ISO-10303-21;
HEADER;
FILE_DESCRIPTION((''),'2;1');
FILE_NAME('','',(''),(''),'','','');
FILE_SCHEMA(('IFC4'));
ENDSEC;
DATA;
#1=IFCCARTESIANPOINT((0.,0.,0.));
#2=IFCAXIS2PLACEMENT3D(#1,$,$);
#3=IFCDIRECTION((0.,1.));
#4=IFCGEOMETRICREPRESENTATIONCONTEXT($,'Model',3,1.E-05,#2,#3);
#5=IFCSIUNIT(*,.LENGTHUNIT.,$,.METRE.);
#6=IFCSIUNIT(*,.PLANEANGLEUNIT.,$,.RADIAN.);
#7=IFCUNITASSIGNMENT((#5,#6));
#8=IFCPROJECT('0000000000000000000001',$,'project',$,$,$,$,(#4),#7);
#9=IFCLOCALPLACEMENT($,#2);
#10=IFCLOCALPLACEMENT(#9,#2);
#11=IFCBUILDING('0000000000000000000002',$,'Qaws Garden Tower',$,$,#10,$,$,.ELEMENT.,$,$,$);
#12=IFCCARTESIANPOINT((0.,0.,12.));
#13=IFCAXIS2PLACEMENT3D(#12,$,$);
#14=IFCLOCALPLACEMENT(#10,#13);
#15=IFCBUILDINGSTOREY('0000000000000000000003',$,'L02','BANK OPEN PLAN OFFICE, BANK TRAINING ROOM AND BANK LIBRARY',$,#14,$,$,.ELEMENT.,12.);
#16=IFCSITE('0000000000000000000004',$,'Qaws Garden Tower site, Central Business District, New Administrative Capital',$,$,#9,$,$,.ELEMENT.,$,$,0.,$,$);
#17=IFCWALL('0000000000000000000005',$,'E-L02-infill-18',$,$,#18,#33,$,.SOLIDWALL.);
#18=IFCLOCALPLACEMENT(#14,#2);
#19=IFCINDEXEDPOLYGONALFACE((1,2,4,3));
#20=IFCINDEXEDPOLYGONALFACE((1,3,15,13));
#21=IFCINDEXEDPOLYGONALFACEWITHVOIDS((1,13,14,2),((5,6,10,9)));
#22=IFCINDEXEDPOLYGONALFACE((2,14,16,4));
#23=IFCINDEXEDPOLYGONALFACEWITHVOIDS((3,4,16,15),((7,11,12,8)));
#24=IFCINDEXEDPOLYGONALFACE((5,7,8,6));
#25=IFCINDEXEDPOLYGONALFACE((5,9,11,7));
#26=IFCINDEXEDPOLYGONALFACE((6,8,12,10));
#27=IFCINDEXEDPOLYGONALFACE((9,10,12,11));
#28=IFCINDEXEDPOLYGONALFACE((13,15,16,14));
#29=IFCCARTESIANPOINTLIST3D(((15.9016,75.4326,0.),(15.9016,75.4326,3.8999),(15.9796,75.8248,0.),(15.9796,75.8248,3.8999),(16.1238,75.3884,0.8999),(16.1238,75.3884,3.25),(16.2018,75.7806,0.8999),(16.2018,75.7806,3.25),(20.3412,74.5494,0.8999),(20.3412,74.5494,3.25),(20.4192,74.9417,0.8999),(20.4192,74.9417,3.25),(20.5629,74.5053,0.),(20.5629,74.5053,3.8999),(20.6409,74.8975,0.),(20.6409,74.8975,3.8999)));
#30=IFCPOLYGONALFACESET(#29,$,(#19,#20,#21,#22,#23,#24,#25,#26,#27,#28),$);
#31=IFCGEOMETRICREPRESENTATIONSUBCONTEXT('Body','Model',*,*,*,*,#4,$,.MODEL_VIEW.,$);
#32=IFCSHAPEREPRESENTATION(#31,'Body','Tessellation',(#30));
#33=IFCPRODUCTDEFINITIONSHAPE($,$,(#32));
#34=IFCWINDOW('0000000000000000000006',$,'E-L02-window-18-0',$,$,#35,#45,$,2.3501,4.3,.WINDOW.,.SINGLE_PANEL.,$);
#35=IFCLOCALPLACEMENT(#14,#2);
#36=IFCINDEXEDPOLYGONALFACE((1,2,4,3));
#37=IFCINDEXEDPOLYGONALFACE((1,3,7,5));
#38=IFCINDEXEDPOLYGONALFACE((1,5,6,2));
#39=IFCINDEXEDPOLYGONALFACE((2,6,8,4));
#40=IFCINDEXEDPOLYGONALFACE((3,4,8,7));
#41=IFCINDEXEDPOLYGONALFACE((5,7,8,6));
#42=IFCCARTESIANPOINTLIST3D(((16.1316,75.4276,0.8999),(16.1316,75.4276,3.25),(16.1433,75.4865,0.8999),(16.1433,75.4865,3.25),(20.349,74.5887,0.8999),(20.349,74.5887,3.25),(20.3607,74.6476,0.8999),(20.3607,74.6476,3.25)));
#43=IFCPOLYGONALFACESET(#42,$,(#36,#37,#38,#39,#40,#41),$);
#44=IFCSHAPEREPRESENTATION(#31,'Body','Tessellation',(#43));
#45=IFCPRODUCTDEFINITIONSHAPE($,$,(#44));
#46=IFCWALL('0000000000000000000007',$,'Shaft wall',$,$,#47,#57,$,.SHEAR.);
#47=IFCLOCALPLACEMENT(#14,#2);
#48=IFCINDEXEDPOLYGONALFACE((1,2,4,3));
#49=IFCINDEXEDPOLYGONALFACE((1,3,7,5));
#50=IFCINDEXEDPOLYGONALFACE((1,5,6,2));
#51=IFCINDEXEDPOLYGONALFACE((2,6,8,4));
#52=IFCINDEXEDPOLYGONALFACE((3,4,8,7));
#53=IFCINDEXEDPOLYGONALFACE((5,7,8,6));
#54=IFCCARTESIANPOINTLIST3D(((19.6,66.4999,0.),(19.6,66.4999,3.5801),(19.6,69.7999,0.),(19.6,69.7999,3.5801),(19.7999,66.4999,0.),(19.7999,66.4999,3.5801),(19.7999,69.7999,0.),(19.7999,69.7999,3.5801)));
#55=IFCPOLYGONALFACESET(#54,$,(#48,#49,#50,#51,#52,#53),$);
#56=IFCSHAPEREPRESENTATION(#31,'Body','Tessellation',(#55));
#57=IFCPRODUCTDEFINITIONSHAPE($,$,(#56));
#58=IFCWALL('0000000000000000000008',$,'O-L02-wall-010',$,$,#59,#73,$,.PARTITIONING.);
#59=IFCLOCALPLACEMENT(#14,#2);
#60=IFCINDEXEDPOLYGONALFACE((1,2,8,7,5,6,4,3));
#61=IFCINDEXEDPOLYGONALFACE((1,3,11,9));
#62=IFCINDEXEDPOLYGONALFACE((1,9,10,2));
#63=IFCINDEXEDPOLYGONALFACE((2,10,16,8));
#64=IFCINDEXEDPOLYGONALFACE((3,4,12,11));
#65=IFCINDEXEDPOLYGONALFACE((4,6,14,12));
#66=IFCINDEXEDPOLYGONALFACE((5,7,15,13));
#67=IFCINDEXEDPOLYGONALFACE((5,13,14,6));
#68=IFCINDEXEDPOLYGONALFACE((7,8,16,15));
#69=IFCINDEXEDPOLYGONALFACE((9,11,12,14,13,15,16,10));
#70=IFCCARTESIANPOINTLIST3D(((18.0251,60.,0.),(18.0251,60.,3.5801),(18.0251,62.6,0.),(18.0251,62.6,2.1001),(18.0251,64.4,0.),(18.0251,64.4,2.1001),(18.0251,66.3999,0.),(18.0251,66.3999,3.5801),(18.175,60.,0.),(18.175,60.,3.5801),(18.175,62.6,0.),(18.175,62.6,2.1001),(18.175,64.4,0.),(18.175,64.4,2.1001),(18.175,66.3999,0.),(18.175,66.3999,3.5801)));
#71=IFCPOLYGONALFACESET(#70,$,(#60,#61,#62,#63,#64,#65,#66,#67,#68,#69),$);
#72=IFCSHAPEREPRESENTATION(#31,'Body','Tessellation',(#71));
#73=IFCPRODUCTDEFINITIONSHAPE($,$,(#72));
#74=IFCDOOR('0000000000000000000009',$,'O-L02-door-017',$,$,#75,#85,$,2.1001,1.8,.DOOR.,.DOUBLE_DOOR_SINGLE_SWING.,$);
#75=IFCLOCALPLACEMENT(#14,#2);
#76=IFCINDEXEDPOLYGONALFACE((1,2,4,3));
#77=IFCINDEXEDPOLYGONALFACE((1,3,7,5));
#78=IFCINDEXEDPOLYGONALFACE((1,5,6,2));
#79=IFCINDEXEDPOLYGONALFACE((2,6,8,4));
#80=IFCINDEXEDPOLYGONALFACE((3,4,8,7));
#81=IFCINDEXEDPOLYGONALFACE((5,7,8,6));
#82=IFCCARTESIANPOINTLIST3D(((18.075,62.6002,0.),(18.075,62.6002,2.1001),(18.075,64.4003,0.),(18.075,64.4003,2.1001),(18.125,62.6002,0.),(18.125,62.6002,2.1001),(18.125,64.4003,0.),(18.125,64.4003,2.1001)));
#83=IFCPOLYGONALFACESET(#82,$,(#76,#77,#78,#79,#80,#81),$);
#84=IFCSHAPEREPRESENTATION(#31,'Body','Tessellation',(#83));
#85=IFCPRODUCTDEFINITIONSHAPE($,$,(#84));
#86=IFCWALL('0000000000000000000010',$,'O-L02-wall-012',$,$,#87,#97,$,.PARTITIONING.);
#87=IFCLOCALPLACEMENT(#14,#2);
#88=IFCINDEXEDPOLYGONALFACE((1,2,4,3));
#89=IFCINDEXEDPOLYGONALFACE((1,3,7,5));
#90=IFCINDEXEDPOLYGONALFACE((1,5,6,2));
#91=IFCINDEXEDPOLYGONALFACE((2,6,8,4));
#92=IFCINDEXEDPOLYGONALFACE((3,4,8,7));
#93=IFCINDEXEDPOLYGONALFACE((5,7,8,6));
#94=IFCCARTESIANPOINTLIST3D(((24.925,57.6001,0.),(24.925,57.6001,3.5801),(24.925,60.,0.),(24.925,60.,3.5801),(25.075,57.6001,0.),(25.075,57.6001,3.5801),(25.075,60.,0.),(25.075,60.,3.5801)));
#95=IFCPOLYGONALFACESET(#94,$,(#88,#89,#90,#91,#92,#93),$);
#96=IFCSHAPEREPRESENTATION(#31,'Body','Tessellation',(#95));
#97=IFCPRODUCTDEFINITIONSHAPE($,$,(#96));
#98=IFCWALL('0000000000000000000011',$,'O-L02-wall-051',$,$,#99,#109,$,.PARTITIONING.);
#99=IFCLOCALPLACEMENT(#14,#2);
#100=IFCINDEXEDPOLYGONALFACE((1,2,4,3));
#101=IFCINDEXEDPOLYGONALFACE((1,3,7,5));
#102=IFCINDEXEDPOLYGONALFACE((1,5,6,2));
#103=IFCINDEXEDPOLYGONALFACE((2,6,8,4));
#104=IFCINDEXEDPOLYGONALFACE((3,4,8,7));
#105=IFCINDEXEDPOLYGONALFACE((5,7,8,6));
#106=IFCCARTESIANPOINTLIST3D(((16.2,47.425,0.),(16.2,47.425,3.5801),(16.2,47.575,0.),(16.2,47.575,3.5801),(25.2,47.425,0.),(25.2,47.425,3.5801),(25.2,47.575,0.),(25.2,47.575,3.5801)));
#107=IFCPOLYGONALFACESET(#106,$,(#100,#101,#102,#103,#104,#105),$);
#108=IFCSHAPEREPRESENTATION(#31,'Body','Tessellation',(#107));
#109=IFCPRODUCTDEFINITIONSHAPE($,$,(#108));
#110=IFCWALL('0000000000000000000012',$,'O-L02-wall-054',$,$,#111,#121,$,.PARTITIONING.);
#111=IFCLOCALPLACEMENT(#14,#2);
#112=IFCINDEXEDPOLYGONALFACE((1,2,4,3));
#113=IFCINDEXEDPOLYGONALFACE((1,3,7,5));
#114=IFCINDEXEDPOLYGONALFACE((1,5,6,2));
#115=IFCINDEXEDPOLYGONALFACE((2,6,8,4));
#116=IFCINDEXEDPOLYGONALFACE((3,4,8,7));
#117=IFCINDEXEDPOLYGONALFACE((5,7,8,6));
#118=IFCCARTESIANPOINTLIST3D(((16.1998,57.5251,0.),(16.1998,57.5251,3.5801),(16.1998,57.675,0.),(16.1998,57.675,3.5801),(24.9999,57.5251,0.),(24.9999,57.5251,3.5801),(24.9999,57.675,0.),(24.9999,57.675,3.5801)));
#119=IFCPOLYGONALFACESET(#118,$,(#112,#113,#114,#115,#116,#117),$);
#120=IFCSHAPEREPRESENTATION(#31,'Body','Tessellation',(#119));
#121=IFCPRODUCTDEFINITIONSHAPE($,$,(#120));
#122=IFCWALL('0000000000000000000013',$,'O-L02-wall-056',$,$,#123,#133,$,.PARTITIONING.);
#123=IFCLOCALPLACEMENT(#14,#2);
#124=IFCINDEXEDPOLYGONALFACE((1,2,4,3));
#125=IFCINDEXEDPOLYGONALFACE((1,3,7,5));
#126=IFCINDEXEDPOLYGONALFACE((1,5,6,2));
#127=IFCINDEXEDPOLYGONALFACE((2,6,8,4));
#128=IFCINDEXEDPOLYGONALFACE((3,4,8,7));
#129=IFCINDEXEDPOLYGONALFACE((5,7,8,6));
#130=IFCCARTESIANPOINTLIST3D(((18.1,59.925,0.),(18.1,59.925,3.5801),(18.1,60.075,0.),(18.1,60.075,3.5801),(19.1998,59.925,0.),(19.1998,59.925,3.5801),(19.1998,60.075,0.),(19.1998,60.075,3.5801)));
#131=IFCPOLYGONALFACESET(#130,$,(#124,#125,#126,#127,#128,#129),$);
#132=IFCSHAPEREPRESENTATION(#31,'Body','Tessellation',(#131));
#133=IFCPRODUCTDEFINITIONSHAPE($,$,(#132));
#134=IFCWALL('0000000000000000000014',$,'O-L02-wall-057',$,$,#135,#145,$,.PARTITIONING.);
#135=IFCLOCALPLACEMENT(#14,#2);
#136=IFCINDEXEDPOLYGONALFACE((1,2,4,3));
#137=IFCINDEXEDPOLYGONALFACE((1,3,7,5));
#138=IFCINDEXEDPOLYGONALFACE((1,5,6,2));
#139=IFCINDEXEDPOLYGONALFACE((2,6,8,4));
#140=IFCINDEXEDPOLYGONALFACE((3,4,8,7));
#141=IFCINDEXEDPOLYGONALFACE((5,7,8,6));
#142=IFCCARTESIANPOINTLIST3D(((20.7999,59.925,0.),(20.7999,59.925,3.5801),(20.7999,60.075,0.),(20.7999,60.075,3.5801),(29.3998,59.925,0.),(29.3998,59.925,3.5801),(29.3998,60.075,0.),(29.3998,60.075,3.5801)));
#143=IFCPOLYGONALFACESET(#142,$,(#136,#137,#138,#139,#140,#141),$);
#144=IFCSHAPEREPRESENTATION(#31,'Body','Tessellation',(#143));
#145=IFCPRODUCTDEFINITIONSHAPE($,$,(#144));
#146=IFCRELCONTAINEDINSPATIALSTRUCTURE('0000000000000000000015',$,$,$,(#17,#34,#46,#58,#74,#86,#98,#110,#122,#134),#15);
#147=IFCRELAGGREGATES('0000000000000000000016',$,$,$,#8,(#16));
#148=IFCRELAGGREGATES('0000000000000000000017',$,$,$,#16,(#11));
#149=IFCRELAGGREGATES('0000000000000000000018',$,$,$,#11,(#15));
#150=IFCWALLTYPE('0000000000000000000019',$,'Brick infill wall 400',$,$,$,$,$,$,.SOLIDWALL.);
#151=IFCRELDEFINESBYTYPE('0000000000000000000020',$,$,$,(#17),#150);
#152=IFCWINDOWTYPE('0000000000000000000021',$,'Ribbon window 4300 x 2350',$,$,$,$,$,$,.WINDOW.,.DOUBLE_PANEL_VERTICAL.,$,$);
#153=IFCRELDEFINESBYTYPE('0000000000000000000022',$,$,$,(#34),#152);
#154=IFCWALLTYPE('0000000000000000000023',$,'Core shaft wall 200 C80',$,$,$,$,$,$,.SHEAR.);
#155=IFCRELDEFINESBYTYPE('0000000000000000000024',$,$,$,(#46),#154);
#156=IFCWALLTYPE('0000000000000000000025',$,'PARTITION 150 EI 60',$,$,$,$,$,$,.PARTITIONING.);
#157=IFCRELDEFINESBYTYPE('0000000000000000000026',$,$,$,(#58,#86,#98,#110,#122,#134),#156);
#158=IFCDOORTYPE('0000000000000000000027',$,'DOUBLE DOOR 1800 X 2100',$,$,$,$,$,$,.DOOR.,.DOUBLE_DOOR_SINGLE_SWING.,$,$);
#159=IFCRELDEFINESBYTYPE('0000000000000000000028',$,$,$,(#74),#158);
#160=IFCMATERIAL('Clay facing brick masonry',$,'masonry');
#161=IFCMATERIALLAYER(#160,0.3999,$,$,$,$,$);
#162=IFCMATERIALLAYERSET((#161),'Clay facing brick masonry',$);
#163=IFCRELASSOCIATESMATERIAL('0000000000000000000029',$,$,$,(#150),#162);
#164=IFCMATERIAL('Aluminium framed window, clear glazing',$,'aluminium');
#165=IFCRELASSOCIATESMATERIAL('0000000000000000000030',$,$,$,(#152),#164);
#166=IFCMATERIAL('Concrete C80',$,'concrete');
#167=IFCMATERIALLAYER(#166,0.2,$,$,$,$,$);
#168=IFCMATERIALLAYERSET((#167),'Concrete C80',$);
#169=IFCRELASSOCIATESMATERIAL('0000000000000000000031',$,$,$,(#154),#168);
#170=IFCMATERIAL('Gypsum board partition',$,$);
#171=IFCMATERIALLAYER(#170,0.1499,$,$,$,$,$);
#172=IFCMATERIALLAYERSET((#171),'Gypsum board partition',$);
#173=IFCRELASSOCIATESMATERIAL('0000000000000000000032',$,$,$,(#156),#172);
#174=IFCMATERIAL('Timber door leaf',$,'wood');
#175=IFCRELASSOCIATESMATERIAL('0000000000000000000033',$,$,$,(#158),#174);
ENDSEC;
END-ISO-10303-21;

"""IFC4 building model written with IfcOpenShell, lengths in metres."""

from ifc_helpers import new_model, si_unit, direction, frame, frame_2d, origin, place, context, subcontext, project, spatial, rectangle, extrude, material, layer, layer_set, type_object, element, fill, save


model = new_model("IFC4")

# Units and contexts
model_context = context("Model", 3, precision=1e-05, world=origin(), true_north=direction((0.0, 1.0)))
body_context = subcontext(model_context, "Body", "Model", "MODEL_VIEW")
ifc_project = project(units=[si_unit("LENGTHUNIT", "METRE"), si_unit("PLANEANGLEUNIT", "RADIAN")], contexts=[model_context])

# Site, building, storey
site_placement = place(None, origin())
site = spatial("IfcSite", under=ifc_project, at=site_placement, Name="Qaws Garden Tower site, Central Business District, New Administrative Capital", CompositionType="ELEMENT", RefElevation=0.0)
building_placement = place(site_placement, origin())
building = spatial("IfcBuilding", under=site, at=building_placement, Name="Qaws Garden Tower", CompositionType="ELEMENT")
storey_placement = place(building_placement, frame((0.0, 0.0, 12.0)))
storey = spatial("IfcBuildingStorey", under=building, at=storey_placement, Name="L02", Description="BANK OPEN PLAN OFFICE, BANK TRAINING ROOM AND BANK LIBRARY", CompositionType="ELEMENT", Elevation=12.0)

# Wall, opening, window
ifc_material_1 = material(Name="Clay facing brick masonry", Category="masonry")
ifc_layer_1 = layer(ifc_material_1, 0.3999)
ifc_layer_set_1 = layer_set([ifc_layer_1], Name="Clay facing brick masonry")
wall_type_1 = type_object("IfcWallType", Name="Brick infill wall 400", PredefinedType="SOLIDWALL", material=ifc_layer_set_1)
ifc_material_2 = material(Name="Aluminium framed window, clear glazing", Category="aluminium")
window_type = type_object("IfcWindowType", Name="Ribbon window 4300 x 2350", PartitioningType="DOUBLE_PANEL_VERTICAL", PredefinedType="WINDOW", material=ifc_material_2)
wall_1_placement = place(storey_placement, frame((20.6021, 74.7014, 0.0), z_axis=(0.0, 0.0, 1.0), x_axis=(-0.980784, 0.195099, 0.0)))
wall_1 = element("IfcWall", 1, at=wall_1_placement, inside=storey, type_object=wall_type_1, Name="E-L02-infill-18", PredefinedType="SOLIDWALL", context=body_context, shape_type="SweptSolid", body=[
    extrude(rectangle(XDim=4.7527, YDim=0.3999, at=frame_2d((2.3765, 0.0))), origin(), (0.0, 0.0, 1.0), 3.8999),
])
opening_1_placement = place(wall_1_placement, frame((0.2263, 0.0, 0.8999)))
opening_1 = element("IfcOpeningElement", 2, at=opening_1_placement, cuts=wall_1, PredefinedType="OPENING", context=body_context, shape_type="SweptSolid", body=[
    extrude(rectangle(XDim=4.3, YDim=2.3501, at=frame_2d((2.1499, 1.175))), frame((0.0, 0.21, 0.0), z_axis=(0.0, -1.0, 0.0), x_axis=(1.0, 0.0, 0.0)), (0.0, 0.0, 1.0), 0.4199),
])
window_1_placement = place(opening_1_placement, origin())
window_1 = element("IfcWindow", 3, at=window_1_placement, inside=storey, type_object=window_type, Name="E-L02-window-18-0", OverallHeight=2.3501, OverallWidth=4.3, PartitioningType="SINGLE_PANEL", PredefinedType="WINDOW", context=body_context, shape_type="SweptSolid", body=[
    extrude(rectangle(XDim=4.3, YDim=2.3501, at=frame_2d((2.1499, 1.175))), frame((0.0, 0.1599, 0.0), z_axis=(0.0, -1.0, 0.0), x_axis=(1.0, 0.0, 0.0)), (0.0, 0.0, 1.0), 0.0601),
])
fill(opening_1, window_1)

# Wall
ifc_material_3 = material(Name="Concrete C80", Category="concrete")
ifc_layer_2 = layer(ifc_material_3, 0.2)
ifc_layer_set_2 = layer_set([ifc_layer_2], Name="Concrete C80")
wall_type_2 = type_object("IfcWallType", Name="Core shaft wall 200 C80", PredefinedType="SHEAR", material=ifc_layer_set_2)
wall_2_placement = place(storey_placement, frame((19.7, 66.5, 0.0), z_axis=(0.0, 0.0, 1.0), x_axis=(0.0, 1.0, 0.0)))
element("IfcWall", 4, at=wall_2_placement, inside=storey, type_object=wall_type_2, Name="Shaft wall", PredefinedType="SHEAR", context=body_context, shape_type="SweptSolid", body=[
    extrude(rectangle(XDim=3.3, YDim=0.2, at=frame_2d((1.6499, 0.0))), origin(), (0.0, 0.0, 1.0), 3.5801),
])

# Wall, opening, door
ifc_material_4 = material(Name="Gypsum board partition")
ifc_layer_3 = layer(ifc_material_4, 0.1499)
ifc_layer_set_3 = layer_set([ifc_layer_3], Name="Gypsum board partition")
wall_type_3 = type_object("IfcWallType", Name="PARTITION 150 EI 60", PredefinedType="PARTITIONING", material=ifc_layer_set_3)
wall_3_placement = place(storey_placement, frame((18.1001, 60.0, 0.0), z_axis=(0.0, 0.0, 1.0), x_axis=(0.0, 1.0, 0.0)))
wall_3 = element("IfcWall", 5, at=wall_3_placement, inside=storey, type_object=wall_type_3, Name="O-L02-wall-010", PredefinedType="PARTITIONING", context=body_context, shape_type="SweptSolid", body=[
    extrude(rectangle(XDim=6.3999, YDim=0.1499, at=frame_2d((3.2, 0.0))), origin(), (0.0, 0.0, 1.0), 3.5801),
])
opening_2_placement = place(wall_3_placement, frame((2.6001, 0.0, 0.0)))
opening_2 = element("IfcOpeningElement", 6, at=opening_2_placement, cuts=wall_3, PredefinedType="OPENING", context=body_context, shape_type="SweptSolid", body=[
    extrude(rectangle(XDim=1.8, YDim=2.1001, at=frame_2d((0.8999, 1.05))), frame((0.0, 0.085, 0.0), z_axis=(0.0, -1.0, 0.0), x_axis=(1.0, 0.0, 0.0)), (0.0, 0.0, 1.0), 0.1699),
])
ifc_material_5 = material(Name="Timber door leaf", Category="wood")
door_type = type_object("IfcDoorType", Name="DOUBLE DOOR 1800 X 2100", OperationType="DOUBLE_DOOR_SINGLE_SWING", PredefinedType="DOOR", material=ifc_material_5)
door_placement = place(opening_2_placement, frame((1.8, 0.0, 0.0), z_axis=(0.0, 0.0, 1.0), x_axis=(-1.0, 0.0, 0.0)))
door = element("IfcDoor", 7, at=door_placement, inside=storey, type_object=door_type, Name="O-L02-door-017", OperationType="DOUBLE_DOOR_SINGLE_SWING", OverallHeight=2.1001, OverallWidth=1.8, PredefinedType="DOOR", context=body_context, shape_type="SweptSolid", body=[
    extrude(rectangle(XDim=1.8, YDim=2.1001, at=frame_2d((0.8999, 1.05))), frame((0.0, 0.0249, 0.0), z_axis=(0.0, -1.0, 0.0), x_axis=(1.0, 0.0, 0.0)), (0.0, 0.0, 1.0), 0.05),
])
fill(opening_2, door)

# Walls
wall_4_placement = place(storey_placement, frame((25.0, 57.6001, 0.0), z_axis=(0.0, 0.0, 1.0), x_axis=(0.0, 1.0, 0.0)))
element("IfcWall", 8, at=wall_4_placement, inside=storey, type_object=wall_type_3, Name="O-L02-wall-012", PredefinedType="PARTITIONING", context=body_context, shape_type="SweptSolid", body=[
    extrude(rectangle(XDim=2.3999, YDim=0.1499, at=frame_2d((1.2, 0.0))), origin(), (0.0, 0.0, 1.0), 3.5801),
])
wall_5_placement = place(storey_placement, frame((16.2, 47.5, 0.0), z_axis=(0.0, 0.0, 1.0), x_axis=(1.0, 0.0, 0.0)))
element("IfcWall", 9, at=wall_5_placement, inside=storey, type_object=wall_type_3, Name="O-L02-wall-051", PredefinedType="PARTITIONING", context=body_context, shape_type="SweptSolid", body=[
    extrude(rectangle(XDim=9.0, YDim=0.1499, at=frame_2d((4.5, 0.0))), origin(), (0.0, 0.0, 1.0), 3.5801),
])
wall_6_placement = place(storey_placement, frame((16.2, 57.6001, 0.0), z_axis=(0.0, 0.0, 1.0), x_axis=(1.0, 0.0, 0.0)))
element("IfcWall", 10, at=wall_6_placement, inside=storey, type_object=wall_type_3, Name="O-L02-wall-054", PredefinedType="PARTITIONING", context=body_context, shape_type="SweptSolid", body=[
    extrude(rectangle(XDim=8.8, YDim=0.1499, at=frame_2d((4.3999, 0.0))), origin(), (0.0, 0.0, 1.0), 3.5801),
])
wall_7_placement = place(storey_placement, frame((18.1001, 60.0, 0.0), z_axis=(0.0, 0.0, 1.0), x_axis=(1.0, 0.0, 0.0)))
element("IfcWall", 11, at=wall_7_placement, inside=storey, type_object=wall_type_3, Name="O-L02-wall-056", PredefinedType="PARTITIONING", context=body_context, shape_type="SweptSolid", body=[
    extrude(rectangle(XDim=1.0999, YDim=0.1499, at=frame_2d((0.5498, 0.0))), origin(), (0.0, 0.0, 1.0), 3.5801),
])
wall_8_placement = place(storey_placement, frame((20.8, 60.0, 0.0), z_axis=(0.0, 0.0, 1.0), x_axis=(1.0, 0.0, 0.0)))
element("IfcWall", 12, at=wall_8_placement, inside=storey, type_object=wall_type_3, Name="O-L02-wall-057", PredefinedType="PARTITIONING", context=body_context, shape_type="SweptSolid", body=[
    extrude(rectangle(XDim=8.5999, YDim=0.1499, at=frame_2d((4.2998, 0.0))), origin(), (0.0, 0.0, 1.0), 3.5801),
])

save(model, "model.ifc")
